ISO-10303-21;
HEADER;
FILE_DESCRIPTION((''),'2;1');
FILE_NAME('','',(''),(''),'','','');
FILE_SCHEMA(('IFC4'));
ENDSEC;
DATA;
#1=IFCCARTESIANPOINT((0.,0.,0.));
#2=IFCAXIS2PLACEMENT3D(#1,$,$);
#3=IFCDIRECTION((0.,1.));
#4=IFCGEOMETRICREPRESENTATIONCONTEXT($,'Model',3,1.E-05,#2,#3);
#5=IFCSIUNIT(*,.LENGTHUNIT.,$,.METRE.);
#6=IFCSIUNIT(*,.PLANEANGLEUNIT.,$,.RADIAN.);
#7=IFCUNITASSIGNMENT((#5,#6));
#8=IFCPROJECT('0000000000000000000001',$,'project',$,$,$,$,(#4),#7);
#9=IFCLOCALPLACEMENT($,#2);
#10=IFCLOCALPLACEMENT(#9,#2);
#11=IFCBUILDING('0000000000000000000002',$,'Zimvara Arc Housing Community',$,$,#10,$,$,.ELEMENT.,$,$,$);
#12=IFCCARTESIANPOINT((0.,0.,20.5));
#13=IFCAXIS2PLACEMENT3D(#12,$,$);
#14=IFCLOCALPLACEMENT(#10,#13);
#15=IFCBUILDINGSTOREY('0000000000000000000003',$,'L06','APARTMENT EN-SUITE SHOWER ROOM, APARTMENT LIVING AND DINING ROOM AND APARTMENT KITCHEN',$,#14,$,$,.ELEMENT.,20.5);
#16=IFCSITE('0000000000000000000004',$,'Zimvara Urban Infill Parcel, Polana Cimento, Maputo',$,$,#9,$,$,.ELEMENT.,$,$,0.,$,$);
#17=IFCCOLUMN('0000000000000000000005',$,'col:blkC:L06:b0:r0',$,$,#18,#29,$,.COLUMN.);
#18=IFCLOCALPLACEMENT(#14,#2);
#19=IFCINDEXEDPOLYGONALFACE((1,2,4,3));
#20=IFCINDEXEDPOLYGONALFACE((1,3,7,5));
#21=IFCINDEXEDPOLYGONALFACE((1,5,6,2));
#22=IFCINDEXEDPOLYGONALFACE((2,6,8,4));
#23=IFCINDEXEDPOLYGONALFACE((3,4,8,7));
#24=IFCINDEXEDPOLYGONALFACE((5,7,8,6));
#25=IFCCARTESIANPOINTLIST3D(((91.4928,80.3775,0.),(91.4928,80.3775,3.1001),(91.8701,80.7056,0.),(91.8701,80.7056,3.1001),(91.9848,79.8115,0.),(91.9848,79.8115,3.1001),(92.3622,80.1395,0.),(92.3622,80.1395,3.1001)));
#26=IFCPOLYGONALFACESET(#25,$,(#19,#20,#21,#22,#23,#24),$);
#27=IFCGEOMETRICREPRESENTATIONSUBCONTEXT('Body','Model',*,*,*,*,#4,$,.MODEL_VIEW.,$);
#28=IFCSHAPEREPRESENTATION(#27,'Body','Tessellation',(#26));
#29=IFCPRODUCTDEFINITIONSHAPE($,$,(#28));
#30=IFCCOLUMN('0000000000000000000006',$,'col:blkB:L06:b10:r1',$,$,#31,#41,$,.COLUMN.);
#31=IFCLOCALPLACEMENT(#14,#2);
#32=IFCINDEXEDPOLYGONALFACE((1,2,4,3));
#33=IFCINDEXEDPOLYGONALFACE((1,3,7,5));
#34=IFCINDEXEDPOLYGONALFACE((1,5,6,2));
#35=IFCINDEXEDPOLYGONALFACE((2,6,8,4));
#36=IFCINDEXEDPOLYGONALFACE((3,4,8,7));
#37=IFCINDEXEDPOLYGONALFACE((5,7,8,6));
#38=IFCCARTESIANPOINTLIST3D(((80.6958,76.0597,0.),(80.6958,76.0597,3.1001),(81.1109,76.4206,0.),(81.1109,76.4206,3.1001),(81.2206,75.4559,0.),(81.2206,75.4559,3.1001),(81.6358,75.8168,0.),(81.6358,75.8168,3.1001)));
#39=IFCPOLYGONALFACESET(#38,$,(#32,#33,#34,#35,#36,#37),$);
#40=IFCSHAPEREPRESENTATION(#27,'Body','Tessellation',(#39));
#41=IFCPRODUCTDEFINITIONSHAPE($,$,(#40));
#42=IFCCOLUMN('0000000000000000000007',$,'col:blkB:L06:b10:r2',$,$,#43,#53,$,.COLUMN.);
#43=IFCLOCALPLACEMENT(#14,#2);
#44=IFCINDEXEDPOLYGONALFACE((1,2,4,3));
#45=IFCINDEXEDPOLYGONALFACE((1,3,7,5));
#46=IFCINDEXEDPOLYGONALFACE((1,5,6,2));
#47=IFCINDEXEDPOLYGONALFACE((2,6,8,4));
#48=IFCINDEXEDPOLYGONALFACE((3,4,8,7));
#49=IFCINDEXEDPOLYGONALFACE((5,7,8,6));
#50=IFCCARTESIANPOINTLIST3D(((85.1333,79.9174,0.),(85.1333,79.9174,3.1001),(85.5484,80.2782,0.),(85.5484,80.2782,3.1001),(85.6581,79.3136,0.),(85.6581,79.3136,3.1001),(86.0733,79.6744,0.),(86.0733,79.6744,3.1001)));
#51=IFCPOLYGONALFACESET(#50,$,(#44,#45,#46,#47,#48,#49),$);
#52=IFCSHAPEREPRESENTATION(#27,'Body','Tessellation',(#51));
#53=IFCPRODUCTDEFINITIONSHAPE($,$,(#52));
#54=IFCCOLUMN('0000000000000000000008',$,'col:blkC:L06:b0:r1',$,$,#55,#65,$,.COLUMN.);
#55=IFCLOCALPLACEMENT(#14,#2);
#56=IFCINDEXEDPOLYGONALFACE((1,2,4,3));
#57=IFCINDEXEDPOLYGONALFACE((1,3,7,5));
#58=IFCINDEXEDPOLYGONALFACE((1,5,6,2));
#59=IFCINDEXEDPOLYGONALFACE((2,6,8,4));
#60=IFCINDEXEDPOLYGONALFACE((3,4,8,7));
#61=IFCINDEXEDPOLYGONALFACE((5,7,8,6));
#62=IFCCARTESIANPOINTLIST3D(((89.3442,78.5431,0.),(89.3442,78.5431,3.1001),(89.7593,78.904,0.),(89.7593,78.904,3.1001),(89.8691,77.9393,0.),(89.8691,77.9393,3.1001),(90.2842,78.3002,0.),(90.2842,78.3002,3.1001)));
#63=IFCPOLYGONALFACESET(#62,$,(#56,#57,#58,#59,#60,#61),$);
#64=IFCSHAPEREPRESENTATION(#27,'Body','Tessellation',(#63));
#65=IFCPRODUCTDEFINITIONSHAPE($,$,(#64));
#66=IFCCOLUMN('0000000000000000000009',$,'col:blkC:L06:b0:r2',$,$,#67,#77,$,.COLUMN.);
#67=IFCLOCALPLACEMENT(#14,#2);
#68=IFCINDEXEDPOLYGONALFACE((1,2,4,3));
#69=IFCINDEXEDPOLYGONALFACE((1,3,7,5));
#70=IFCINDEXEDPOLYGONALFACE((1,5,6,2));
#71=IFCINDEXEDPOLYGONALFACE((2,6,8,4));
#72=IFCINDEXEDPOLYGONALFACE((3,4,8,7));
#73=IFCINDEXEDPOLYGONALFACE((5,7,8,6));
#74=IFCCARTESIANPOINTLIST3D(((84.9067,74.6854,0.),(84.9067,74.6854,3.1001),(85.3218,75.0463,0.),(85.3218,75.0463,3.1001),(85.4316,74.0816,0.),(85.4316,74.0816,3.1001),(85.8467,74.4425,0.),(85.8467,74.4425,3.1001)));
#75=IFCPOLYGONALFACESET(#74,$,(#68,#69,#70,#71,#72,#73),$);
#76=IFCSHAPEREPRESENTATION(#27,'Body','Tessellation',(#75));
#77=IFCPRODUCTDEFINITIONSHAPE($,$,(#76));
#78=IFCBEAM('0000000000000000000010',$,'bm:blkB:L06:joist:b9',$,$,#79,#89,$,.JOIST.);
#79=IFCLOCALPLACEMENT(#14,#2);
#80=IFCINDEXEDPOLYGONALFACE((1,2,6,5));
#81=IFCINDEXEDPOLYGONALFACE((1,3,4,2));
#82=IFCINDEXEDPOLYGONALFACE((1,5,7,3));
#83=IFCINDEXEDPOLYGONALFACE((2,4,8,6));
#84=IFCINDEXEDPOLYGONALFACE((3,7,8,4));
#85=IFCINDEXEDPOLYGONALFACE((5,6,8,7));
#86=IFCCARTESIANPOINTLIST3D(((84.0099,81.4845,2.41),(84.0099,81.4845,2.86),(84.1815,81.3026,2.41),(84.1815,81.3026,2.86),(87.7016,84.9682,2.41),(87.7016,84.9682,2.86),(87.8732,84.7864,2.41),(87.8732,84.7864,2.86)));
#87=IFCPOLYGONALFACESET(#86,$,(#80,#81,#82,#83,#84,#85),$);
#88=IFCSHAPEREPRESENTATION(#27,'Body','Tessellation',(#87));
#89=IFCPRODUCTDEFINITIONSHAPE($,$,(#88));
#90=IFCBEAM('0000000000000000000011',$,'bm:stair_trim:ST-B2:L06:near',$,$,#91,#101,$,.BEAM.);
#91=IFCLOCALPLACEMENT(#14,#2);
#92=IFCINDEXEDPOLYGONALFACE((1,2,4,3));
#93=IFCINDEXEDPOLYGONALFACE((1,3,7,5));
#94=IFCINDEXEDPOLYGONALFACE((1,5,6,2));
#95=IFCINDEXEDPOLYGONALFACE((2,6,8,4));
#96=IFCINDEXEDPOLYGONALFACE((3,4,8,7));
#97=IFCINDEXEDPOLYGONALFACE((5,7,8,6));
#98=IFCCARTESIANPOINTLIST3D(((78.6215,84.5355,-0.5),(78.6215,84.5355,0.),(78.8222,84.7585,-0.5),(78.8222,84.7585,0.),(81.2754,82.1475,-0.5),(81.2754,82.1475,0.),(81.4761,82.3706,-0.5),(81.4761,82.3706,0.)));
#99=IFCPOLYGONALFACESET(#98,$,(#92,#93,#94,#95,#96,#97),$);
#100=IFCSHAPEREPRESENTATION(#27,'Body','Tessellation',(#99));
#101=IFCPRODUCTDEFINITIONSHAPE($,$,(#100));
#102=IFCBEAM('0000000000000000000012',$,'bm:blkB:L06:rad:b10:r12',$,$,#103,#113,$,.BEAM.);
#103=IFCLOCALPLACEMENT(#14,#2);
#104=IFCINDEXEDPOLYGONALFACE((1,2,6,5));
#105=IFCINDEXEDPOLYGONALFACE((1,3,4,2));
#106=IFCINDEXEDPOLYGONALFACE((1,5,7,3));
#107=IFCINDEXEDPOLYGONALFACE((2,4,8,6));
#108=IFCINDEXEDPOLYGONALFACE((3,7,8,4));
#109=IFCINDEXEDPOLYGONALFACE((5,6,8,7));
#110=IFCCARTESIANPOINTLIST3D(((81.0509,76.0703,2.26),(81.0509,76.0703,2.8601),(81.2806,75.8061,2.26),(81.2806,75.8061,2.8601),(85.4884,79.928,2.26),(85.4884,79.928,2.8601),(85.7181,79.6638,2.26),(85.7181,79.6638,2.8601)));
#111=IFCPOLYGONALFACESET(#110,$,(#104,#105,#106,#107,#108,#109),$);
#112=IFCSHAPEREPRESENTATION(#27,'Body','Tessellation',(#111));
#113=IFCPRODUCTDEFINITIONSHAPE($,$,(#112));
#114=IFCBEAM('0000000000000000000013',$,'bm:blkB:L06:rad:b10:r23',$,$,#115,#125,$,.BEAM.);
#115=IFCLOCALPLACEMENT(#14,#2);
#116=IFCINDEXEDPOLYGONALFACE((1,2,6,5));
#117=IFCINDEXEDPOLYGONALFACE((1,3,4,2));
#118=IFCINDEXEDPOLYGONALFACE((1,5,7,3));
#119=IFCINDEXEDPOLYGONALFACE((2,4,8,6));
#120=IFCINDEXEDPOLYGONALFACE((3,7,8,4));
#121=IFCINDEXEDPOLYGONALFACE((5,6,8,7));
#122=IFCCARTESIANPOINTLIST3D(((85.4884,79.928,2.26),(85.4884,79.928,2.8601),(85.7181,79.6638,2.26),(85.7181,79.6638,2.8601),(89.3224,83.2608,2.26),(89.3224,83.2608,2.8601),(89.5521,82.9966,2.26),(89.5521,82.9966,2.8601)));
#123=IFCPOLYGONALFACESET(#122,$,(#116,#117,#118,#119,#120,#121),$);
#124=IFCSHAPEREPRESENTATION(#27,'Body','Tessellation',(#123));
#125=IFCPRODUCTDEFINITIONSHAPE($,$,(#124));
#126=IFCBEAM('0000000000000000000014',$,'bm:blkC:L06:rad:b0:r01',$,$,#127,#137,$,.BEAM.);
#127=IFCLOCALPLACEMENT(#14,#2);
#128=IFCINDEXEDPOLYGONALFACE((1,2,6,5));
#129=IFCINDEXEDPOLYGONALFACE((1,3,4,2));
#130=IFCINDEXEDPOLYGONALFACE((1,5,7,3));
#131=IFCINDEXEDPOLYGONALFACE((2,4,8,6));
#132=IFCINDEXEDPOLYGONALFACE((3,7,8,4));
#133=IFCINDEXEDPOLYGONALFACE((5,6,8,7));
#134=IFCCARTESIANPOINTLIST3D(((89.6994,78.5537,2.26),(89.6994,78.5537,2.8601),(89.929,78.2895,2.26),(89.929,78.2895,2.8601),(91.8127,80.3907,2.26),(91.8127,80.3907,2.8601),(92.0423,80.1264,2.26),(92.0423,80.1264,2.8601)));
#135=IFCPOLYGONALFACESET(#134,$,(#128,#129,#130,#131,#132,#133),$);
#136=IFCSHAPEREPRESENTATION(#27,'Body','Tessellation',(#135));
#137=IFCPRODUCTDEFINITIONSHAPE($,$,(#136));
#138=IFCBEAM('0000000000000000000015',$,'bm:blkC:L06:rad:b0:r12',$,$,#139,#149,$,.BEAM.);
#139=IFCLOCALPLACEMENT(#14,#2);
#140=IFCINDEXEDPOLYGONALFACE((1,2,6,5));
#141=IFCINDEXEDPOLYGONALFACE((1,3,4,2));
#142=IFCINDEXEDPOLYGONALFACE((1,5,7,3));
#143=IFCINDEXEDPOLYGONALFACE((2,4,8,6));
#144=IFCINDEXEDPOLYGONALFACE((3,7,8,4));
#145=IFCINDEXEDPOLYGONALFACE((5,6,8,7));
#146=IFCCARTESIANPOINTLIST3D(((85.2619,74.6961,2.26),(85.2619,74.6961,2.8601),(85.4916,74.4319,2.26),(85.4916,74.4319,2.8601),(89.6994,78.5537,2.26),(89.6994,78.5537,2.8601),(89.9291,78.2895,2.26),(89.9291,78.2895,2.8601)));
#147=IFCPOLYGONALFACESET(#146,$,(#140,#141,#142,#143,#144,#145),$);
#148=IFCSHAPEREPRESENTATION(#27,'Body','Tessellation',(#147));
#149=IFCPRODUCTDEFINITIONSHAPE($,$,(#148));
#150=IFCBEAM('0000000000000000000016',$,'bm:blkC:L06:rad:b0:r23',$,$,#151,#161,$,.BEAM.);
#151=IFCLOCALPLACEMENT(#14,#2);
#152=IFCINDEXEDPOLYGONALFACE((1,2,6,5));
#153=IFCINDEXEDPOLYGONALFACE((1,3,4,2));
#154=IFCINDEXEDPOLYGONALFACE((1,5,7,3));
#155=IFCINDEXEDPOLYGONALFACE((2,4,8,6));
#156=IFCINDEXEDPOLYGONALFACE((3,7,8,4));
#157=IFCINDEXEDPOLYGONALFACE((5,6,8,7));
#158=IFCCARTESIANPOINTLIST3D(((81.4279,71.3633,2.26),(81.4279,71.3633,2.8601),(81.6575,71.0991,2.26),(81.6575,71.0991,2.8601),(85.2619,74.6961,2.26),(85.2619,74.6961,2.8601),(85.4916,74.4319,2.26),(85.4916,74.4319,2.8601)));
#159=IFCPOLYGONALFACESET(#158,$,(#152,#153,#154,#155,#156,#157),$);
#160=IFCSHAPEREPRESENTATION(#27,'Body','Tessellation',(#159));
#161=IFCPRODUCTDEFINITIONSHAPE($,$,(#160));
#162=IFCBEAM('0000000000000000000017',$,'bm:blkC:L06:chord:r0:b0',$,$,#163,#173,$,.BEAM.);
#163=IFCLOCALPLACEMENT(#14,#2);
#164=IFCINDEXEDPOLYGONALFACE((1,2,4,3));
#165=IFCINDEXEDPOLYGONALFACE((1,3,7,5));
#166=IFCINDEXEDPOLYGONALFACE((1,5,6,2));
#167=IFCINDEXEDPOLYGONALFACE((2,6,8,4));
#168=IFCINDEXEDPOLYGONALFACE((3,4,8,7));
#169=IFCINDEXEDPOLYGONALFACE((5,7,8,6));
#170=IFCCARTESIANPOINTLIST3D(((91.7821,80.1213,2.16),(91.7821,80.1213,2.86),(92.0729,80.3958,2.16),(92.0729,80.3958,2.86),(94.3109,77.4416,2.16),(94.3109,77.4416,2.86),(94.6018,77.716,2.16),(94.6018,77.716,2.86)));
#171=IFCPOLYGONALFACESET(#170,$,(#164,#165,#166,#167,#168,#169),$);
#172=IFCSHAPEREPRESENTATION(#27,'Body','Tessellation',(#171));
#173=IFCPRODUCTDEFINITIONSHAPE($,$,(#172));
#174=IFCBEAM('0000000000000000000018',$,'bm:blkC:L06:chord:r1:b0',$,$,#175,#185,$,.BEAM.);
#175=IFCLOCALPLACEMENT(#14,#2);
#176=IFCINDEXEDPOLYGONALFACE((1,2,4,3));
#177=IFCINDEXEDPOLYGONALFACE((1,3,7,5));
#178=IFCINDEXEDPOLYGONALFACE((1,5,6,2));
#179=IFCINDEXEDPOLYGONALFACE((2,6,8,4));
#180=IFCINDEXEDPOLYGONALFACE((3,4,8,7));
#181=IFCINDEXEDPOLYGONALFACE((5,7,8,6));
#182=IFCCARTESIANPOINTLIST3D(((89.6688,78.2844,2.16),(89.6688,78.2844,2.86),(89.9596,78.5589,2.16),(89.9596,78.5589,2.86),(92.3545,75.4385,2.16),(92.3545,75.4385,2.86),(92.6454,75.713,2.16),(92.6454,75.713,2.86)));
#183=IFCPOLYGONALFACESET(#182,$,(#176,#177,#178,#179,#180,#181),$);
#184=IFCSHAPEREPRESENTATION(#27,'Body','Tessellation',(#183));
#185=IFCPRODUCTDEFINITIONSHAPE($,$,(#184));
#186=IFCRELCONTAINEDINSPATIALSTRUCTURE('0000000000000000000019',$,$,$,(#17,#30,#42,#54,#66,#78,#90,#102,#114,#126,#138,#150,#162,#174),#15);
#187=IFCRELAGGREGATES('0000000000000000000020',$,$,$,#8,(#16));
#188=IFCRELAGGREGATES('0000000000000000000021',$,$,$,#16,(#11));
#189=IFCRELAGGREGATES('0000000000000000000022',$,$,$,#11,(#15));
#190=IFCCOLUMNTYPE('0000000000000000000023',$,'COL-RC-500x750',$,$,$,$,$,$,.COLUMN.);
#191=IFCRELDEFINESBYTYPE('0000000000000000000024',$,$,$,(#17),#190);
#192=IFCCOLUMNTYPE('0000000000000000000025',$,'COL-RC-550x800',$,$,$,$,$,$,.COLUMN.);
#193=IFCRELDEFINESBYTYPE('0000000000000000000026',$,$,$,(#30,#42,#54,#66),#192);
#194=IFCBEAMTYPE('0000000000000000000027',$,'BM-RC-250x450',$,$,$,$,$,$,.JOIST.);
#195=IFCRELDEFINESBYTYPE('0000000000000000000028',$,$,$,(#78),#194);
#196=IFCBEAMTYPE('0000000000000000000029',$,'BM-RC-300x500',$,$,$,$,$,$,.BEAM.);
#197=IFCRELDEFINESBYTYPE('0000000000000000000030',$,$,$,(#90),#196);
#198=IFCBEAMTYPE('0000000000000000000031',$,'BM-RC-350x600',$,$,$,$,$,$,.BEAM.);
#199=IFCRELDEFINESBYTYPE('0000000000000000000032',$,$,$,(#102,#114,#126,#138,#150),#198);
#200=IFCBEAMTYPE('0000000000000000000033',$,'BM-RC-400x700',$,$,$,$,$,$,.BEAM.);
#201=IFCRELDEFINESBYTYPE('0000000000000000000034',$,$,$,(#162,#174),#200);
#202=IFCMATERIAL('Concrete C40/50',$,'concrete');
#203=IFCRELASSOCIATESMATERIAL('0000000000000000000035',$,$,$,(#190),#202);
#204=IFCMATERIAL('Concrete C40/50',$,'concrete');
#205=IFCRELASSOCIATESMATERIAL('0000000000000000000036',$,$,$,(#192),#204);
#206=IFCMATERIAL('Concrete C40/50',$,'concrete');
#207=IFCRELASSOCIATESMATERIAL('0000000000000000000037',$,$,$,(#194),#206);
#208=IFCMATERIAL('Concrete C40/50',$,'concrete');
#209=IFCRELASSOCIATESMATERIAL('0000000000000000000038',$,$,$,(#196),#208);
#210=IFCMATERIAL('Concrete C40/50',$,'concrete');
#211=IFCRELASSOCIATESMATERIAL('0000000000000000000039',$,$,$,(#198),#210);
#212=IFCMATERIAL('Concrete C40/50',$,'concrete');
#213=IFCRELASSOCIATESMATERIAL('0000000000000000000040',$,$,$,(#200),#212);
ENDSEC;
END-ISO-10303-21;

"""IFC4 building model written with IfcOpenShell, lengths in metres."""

from ifc_helpers import new_model, si_unit, direction, frame, origin, origin_2d, place, context, subcontext, project, spatial, rectangle, extrude, material, material_profile, profile_set, type_object, element, save


model = new_model("IFC4")

# Units and contexts
model_context = context("Model", 3, precision=1e-05, world=origin(), true_north=direction((0.0, 1.0)))
body_context = subcontext(model_context, "Body", "Model", "MODEL_VIEW")
ifc_project = project(units=[si_unit("LENGTHUNIT", "METRE"), si_unit("PLANEANGLEUNIT", "RADIAN")], contexts=[model_context])

# Site, building, storey
site_placement = place(None, origin())
site = spatial("IfcSite", under=ifc_project, at=site_placement, Name="Zimvara Urban Infill Parcel, Polana Cimento, Maputo", CompositionType="ELEMENT", RefElevation=0.0)
building_placement = place(site_placement, origin())
building = spatial("IfcBuilding", under=site, at=building_placement, Name="Zimvara Arc Housing Community", CompositionType="ELEMENT")
storey_placement = place(building_placement, frame((0.0, 0.0, 20.5)))
storey = spatial("IfcBuildingStorey", under=building, at=storey_placement, Name="L06", Description="APARTMENT EN-SUITE SHOWER ROOM, APARTMENT LIVING AND DINING ROOM AND APARTMENT KITCHEN", CompositionType="ELEMENT", Elevation=20.5)

# Columns
ifc_material_1 = material(Name="Concrete C40/50", Category="concrete")
ifc_material_profile_1 = material_profile(ifc_material_1, rectangle(XDim=0.5, YDim=0.75, at=origin_2d()), Name="RC 500x750")
ifc_profile_set_1 = profile_set([ifc_material_profile_1], Name="Concrete C40/50")
column_type_1 = type_object("IfcColumnType", Name="COL-RC-500x750", PredefinedType="COLUMN", material=ifc_profile_set_1)
column_placement = place(storey_placement, frame((91.9275, 80.2585, 0.0), z_axis=(0.0, 0.0, 1.0), x_axis=(-0.75471, -0.656059, 0.0)))
element("IfcColumn", 1, at=column_placement, inside=storey, type_object=column_type_1, Name="col:blkC:L06:b0:r0", PredefinedType="COLUMN", context=body_context, shape_type="SweptSolid", body=[
    extrude(rectangle(XDim=0.5, YDim=0.75, at=origin_2d()), origin(), (0.0, 0.0, 1.0), 3.1001),
])
ifc_material_2 = material(Name="Concrete C40/50", Category="concrete")
ifc_material_profile_2 = material_profile(ifc_material_2, rectangle(XDim=0.55, YDim=0.8, at=origin_2d()), Name="RC 550x800")
ifc_profile_set_2 = profile_set([ifc_material_profile_2], Name="Concrete C40/50")
column_type_2 = type_object("IfcColumnType", Name="COL-RC-550x800", PredefinedType="COLUMN", material=ifc_profile_set_2)
for number, where, z_axis, x_axis, name in (
    (2, (81.1658, 75.9382, 0.0), (0.0, 0.0, 1.0), (0.75471, 0.656059, 0.0), "col:blkB:L06:b10:r1"),
    (3, (85.6033, 79.7959, 0.0), (0.0, 0.0, 1.0), (0.75471, 0.656059, 0.0), "col:blkB:L06:b10:r2"),
    (4, (89.8142, 78.4216, 0.0), (0.0, 0.0, 1.0), (-0.75471, -0.656059, 0.0), "col:blkC:L06:b0:r1"),
    (5, (85.3767, 74.564, 0.0), (0.0, 0.0, 1.0), (-0.75471, -0.656059, 0.0), "col:blkC:L06:b0:r2"),
):
    element("IfcColumn", number, at=place(storey_placement, frame(where, z_axis=z_axis, x_axis=x_axis)), inside=storey, type_object=column_type_2, Name=name, PredefinedType="COLUMN", context=body_context, shape_type="SweptSolid", body=[
        extrude(rectangle(XDim=0.55, YDim=0.8, at=origin_2d()), origin(), (0.0, 0.0, 1.0), 3.1001),
    ])

# Beams
ifc_material_3 = material(Name="Concrete C40/50", Category="concrete")
ifc_material_profile_3 = material_profile(ifc_material_3, rectangle(XDim=0.25, YDim=0.45, at=origin_2d()), Name="RC 250x450")
ifc_profile_set_3 = profile_set([ifc_material_profile_3], Name="Concrete C40/50")
beam_type_1 = type_object("IfcBeamType", Name="BM-RC-250x450", PredefinedType="JOIST", material=ifc_profile_set_3)
beam_1_placement = place(storey_placement, frame((84.0957, 81.3936, 2.635), z_axis=(0.7273, 0.68632, 0.0), x_axis=(-0.68632, 0.7273, 0.0)))
element("IfcBeam", 6, at=beam_1_placement, inside=storey, type_object=beam_type_1, Name="bm:blkB:L06:joist:b9", PredefinedType="JOIST", context=body_context, shape_type="SweptSolid", body=[
    extrude(rectangle(XDim=0.25, YDim=0.45, at=origin_2d()), origin(), (0.0, 0.0, 1.0), 5.0759),
])
ifc_material_4 = material(Name="Concrete C40/50", Category="concrete")
ifc_material_profile_4 = material_profile(ifc_material_4, rectangle(XDim=0.3, YDim=0.5, at=origin_2d()), Name="RC 300x500")
ifc_profile_set_4 = profile_set([ifc_material_profile_4], Name="Concrete C40/50")
beam_type_2 = type_object("IfcBeamType", Name="BM-RC-300x500", PredefinedType="BEAM", material=ifc_profile_set_4)
beam_2_placement = place(storey_placement, frame((81.3757, 82.259, -0.25), z_axis=(-0.743362, 0.668889, 0.0), x_axis=(-0.668889, -0.743362, 0.0)))
element("IfcBeam", 7, at=beam_2_placement, inside=storey, type_object=beam_type_2, Name="bm:stair_trim:ST-B2:L06:near", PredefinedType="BEAM", context=body_context, shape_type="SweptSolid", body=[
    extrude(rectangle(XDim=0.3, YDim=0.5, at=origin_2d()), origin(), (0.0, 0.0, 1.0), 3.5701),
])
ifc_material_5 = material(Name="Concrete C40/50", Category="concrete")
ifc_material_profile_5 = material_profile(ifc_material_5, rectangle(XDim=0.3501, YDim=0.6001, at=origin_2d()), Name="RC 350x600")
ifc_profile_set_5 = profile_set([ifc_material_profile_5], Name="Concrete C40/50")
beam_type_3 = type_object("IfcBeamType", Name="BM-RC-350x600", PredefinedType="BEAM", material=ifc_profile_set_5)
beam_3_placement = place(storey_placement, frame((81.1658, 75.9382, 2.5601), z_axis=(0.754692, 0.656079, 0.0), x_axis=(-0.656079, 0.754692, 0.0)))
element("IfcBeam", 8, at=beam_3_placement, inside=storey, type_object=beam_type_3, Name="bm:blkB:L06:rad:b10:r12", PredefinedType="BEAM", context=body_context, shape_type="SweptSolid", body=[
    extrude(rectangle(XDim=0.3501, YDim=0.6001, at=origin_2d()), origin(), (0.0, 0.0, 1.0), 5.8799),
])
beam_4_placement = place(storey_placement, frame((85.6033, 79.7959, 2.5601), z_axis=(0.754716, 0.656051, 0.0), x_axis=(-0.656051, 0.754716, 0.0)))
element("IfcBeam", 9, at=beam_4_placement, inside=storey, type_object=beam_type_3, Name="bm:blkB:L06:rad:b10:r23", PredefinedType="BEAM", context=body_context, shape_type="SweptSolid", body=[
    extrude(rectangle(XDim=0.3501, YDim=0.6001, at=origin_2d()), origin(), (0.0, 0.0, 1.0), 5.0801),
])
beam_5_placement = place(storey_placement, frame((91.9275, 80.2585, 2.5601), z_axis=(-0.754733, -0.656032, 0.0), x_axis=(0.656032, -0.754733, 0.0)))
element("IfcBeam", 10, at=beam_5_placement, inside=storey, type_object=beam_type_3, Name="bm:blkC:L06:rad:b0:r01", PredefinedType="BEAM", context=body_context, shape_type="SweptSolid", body=[
    extrude(rectangle(XDim=0.3501, YDim=0.6001, at=origin_2d()), origin(), (0.0, 0.0, 1.0), 2.8),
])
beam_6_placement = place(storey_placement, frame((89.8142, 78.4216, 2.5601), z_axis=(-0.754692, -0.656079, 0.0), x_axis=(0.656079, -0.754692, 0.0)))
element("IfcBeam", 11, at=beam_6_placement, inside=storey, type_object=beam_type_3, Name="bm:blkC:L06:rad:b0:r12", PredefinedType="BEAM", context=body_context, shape_type="SweptSolid", body=[
    extrude(rectangle(XDim=0.3501, YDim=0.6001, at=origin_2d()), origin(), (0.0, 0.0, 1.0), 5.8799),
])
beam_7_placement = place(storey_placement, frame((85.3767, 74.564, 2.5601), z_axis=(-0.754716, -0.656051, 0.0), x_axis=(0.656051, -0.754716, 0.0)))
element("IfcBeam", 12, at=beam_7_placement, inside=storey, type_object=beam_type_3, Name="bm:blkC:L06:rad:b0:r23", PredefinedType="BEAM", context=body_context, shape_type="SweptSolid", body=[
    extrude(rectangle(XDim=0.3501, YDim=0.6001, at=origin_2d()), origin(), (0.0, 0.0, 1.0), 5.0801),
])
ifc_material_6 = material(Name="Concrete C40/50", Category="concrete")
ifc_material_profile_6 = material_profile(ifc_material_6, rectangle(XDim=0.3999, YDim=0.7, at=origin_2d()), Name="RC 400x700")
ifc_profile_set_6 = profile_set([ifc_material_profile_6], Name="Concrete C40/50")
beam_type_4 = type_object("IfcBeamType", Name="BM-RC-400x700", PredefinedType="BEAM", material=ifc_profile_set_6)
beam_8_placement = place(storey_placement, frame((91.9275, 80.2585, 2.51), z_axis=(0.686336, -0.727285, 0.0), x_axis=(0.727285, 0.686336, 0.0)))
element("IfcBeam", 13, at=beam_8_placement, inside=storey, type_object=beam_type_4, Name="bm:blkC:L06:chord:r0:b0", PredefinedType="BEAM", context=body_context, shape_type="SweptSolid", body=[
    extrude(rectangle(XDim=0.3999, YDim=0.7, at=origin_2d()), origin(), (0.0, 0.0, 1.0), 3.6846),
])
beam_9_placement = place(storey_placement, frame((89.8142, 78.4216, 2.51), z_axis=(0.686347, -0.727274, 0.0), x_axis=(0.727274, 0.686347, 0.0)))
element("IfcBeam", 14, at=beam_9_placement, inside=storey, type_object=beam_type_4, Name="bm:blkC:L06:chord:r1:b0", PredefinedType="BEAM", context=body_context, shape_type="SweptSolid", body=[
    extrude(rectangle(XDim=0.3999, YDim=0.7, at=origin_2d()), origin(), (0.0, 0.0, 1.0), 3.9131),
])

save(model, "model.ifc")
